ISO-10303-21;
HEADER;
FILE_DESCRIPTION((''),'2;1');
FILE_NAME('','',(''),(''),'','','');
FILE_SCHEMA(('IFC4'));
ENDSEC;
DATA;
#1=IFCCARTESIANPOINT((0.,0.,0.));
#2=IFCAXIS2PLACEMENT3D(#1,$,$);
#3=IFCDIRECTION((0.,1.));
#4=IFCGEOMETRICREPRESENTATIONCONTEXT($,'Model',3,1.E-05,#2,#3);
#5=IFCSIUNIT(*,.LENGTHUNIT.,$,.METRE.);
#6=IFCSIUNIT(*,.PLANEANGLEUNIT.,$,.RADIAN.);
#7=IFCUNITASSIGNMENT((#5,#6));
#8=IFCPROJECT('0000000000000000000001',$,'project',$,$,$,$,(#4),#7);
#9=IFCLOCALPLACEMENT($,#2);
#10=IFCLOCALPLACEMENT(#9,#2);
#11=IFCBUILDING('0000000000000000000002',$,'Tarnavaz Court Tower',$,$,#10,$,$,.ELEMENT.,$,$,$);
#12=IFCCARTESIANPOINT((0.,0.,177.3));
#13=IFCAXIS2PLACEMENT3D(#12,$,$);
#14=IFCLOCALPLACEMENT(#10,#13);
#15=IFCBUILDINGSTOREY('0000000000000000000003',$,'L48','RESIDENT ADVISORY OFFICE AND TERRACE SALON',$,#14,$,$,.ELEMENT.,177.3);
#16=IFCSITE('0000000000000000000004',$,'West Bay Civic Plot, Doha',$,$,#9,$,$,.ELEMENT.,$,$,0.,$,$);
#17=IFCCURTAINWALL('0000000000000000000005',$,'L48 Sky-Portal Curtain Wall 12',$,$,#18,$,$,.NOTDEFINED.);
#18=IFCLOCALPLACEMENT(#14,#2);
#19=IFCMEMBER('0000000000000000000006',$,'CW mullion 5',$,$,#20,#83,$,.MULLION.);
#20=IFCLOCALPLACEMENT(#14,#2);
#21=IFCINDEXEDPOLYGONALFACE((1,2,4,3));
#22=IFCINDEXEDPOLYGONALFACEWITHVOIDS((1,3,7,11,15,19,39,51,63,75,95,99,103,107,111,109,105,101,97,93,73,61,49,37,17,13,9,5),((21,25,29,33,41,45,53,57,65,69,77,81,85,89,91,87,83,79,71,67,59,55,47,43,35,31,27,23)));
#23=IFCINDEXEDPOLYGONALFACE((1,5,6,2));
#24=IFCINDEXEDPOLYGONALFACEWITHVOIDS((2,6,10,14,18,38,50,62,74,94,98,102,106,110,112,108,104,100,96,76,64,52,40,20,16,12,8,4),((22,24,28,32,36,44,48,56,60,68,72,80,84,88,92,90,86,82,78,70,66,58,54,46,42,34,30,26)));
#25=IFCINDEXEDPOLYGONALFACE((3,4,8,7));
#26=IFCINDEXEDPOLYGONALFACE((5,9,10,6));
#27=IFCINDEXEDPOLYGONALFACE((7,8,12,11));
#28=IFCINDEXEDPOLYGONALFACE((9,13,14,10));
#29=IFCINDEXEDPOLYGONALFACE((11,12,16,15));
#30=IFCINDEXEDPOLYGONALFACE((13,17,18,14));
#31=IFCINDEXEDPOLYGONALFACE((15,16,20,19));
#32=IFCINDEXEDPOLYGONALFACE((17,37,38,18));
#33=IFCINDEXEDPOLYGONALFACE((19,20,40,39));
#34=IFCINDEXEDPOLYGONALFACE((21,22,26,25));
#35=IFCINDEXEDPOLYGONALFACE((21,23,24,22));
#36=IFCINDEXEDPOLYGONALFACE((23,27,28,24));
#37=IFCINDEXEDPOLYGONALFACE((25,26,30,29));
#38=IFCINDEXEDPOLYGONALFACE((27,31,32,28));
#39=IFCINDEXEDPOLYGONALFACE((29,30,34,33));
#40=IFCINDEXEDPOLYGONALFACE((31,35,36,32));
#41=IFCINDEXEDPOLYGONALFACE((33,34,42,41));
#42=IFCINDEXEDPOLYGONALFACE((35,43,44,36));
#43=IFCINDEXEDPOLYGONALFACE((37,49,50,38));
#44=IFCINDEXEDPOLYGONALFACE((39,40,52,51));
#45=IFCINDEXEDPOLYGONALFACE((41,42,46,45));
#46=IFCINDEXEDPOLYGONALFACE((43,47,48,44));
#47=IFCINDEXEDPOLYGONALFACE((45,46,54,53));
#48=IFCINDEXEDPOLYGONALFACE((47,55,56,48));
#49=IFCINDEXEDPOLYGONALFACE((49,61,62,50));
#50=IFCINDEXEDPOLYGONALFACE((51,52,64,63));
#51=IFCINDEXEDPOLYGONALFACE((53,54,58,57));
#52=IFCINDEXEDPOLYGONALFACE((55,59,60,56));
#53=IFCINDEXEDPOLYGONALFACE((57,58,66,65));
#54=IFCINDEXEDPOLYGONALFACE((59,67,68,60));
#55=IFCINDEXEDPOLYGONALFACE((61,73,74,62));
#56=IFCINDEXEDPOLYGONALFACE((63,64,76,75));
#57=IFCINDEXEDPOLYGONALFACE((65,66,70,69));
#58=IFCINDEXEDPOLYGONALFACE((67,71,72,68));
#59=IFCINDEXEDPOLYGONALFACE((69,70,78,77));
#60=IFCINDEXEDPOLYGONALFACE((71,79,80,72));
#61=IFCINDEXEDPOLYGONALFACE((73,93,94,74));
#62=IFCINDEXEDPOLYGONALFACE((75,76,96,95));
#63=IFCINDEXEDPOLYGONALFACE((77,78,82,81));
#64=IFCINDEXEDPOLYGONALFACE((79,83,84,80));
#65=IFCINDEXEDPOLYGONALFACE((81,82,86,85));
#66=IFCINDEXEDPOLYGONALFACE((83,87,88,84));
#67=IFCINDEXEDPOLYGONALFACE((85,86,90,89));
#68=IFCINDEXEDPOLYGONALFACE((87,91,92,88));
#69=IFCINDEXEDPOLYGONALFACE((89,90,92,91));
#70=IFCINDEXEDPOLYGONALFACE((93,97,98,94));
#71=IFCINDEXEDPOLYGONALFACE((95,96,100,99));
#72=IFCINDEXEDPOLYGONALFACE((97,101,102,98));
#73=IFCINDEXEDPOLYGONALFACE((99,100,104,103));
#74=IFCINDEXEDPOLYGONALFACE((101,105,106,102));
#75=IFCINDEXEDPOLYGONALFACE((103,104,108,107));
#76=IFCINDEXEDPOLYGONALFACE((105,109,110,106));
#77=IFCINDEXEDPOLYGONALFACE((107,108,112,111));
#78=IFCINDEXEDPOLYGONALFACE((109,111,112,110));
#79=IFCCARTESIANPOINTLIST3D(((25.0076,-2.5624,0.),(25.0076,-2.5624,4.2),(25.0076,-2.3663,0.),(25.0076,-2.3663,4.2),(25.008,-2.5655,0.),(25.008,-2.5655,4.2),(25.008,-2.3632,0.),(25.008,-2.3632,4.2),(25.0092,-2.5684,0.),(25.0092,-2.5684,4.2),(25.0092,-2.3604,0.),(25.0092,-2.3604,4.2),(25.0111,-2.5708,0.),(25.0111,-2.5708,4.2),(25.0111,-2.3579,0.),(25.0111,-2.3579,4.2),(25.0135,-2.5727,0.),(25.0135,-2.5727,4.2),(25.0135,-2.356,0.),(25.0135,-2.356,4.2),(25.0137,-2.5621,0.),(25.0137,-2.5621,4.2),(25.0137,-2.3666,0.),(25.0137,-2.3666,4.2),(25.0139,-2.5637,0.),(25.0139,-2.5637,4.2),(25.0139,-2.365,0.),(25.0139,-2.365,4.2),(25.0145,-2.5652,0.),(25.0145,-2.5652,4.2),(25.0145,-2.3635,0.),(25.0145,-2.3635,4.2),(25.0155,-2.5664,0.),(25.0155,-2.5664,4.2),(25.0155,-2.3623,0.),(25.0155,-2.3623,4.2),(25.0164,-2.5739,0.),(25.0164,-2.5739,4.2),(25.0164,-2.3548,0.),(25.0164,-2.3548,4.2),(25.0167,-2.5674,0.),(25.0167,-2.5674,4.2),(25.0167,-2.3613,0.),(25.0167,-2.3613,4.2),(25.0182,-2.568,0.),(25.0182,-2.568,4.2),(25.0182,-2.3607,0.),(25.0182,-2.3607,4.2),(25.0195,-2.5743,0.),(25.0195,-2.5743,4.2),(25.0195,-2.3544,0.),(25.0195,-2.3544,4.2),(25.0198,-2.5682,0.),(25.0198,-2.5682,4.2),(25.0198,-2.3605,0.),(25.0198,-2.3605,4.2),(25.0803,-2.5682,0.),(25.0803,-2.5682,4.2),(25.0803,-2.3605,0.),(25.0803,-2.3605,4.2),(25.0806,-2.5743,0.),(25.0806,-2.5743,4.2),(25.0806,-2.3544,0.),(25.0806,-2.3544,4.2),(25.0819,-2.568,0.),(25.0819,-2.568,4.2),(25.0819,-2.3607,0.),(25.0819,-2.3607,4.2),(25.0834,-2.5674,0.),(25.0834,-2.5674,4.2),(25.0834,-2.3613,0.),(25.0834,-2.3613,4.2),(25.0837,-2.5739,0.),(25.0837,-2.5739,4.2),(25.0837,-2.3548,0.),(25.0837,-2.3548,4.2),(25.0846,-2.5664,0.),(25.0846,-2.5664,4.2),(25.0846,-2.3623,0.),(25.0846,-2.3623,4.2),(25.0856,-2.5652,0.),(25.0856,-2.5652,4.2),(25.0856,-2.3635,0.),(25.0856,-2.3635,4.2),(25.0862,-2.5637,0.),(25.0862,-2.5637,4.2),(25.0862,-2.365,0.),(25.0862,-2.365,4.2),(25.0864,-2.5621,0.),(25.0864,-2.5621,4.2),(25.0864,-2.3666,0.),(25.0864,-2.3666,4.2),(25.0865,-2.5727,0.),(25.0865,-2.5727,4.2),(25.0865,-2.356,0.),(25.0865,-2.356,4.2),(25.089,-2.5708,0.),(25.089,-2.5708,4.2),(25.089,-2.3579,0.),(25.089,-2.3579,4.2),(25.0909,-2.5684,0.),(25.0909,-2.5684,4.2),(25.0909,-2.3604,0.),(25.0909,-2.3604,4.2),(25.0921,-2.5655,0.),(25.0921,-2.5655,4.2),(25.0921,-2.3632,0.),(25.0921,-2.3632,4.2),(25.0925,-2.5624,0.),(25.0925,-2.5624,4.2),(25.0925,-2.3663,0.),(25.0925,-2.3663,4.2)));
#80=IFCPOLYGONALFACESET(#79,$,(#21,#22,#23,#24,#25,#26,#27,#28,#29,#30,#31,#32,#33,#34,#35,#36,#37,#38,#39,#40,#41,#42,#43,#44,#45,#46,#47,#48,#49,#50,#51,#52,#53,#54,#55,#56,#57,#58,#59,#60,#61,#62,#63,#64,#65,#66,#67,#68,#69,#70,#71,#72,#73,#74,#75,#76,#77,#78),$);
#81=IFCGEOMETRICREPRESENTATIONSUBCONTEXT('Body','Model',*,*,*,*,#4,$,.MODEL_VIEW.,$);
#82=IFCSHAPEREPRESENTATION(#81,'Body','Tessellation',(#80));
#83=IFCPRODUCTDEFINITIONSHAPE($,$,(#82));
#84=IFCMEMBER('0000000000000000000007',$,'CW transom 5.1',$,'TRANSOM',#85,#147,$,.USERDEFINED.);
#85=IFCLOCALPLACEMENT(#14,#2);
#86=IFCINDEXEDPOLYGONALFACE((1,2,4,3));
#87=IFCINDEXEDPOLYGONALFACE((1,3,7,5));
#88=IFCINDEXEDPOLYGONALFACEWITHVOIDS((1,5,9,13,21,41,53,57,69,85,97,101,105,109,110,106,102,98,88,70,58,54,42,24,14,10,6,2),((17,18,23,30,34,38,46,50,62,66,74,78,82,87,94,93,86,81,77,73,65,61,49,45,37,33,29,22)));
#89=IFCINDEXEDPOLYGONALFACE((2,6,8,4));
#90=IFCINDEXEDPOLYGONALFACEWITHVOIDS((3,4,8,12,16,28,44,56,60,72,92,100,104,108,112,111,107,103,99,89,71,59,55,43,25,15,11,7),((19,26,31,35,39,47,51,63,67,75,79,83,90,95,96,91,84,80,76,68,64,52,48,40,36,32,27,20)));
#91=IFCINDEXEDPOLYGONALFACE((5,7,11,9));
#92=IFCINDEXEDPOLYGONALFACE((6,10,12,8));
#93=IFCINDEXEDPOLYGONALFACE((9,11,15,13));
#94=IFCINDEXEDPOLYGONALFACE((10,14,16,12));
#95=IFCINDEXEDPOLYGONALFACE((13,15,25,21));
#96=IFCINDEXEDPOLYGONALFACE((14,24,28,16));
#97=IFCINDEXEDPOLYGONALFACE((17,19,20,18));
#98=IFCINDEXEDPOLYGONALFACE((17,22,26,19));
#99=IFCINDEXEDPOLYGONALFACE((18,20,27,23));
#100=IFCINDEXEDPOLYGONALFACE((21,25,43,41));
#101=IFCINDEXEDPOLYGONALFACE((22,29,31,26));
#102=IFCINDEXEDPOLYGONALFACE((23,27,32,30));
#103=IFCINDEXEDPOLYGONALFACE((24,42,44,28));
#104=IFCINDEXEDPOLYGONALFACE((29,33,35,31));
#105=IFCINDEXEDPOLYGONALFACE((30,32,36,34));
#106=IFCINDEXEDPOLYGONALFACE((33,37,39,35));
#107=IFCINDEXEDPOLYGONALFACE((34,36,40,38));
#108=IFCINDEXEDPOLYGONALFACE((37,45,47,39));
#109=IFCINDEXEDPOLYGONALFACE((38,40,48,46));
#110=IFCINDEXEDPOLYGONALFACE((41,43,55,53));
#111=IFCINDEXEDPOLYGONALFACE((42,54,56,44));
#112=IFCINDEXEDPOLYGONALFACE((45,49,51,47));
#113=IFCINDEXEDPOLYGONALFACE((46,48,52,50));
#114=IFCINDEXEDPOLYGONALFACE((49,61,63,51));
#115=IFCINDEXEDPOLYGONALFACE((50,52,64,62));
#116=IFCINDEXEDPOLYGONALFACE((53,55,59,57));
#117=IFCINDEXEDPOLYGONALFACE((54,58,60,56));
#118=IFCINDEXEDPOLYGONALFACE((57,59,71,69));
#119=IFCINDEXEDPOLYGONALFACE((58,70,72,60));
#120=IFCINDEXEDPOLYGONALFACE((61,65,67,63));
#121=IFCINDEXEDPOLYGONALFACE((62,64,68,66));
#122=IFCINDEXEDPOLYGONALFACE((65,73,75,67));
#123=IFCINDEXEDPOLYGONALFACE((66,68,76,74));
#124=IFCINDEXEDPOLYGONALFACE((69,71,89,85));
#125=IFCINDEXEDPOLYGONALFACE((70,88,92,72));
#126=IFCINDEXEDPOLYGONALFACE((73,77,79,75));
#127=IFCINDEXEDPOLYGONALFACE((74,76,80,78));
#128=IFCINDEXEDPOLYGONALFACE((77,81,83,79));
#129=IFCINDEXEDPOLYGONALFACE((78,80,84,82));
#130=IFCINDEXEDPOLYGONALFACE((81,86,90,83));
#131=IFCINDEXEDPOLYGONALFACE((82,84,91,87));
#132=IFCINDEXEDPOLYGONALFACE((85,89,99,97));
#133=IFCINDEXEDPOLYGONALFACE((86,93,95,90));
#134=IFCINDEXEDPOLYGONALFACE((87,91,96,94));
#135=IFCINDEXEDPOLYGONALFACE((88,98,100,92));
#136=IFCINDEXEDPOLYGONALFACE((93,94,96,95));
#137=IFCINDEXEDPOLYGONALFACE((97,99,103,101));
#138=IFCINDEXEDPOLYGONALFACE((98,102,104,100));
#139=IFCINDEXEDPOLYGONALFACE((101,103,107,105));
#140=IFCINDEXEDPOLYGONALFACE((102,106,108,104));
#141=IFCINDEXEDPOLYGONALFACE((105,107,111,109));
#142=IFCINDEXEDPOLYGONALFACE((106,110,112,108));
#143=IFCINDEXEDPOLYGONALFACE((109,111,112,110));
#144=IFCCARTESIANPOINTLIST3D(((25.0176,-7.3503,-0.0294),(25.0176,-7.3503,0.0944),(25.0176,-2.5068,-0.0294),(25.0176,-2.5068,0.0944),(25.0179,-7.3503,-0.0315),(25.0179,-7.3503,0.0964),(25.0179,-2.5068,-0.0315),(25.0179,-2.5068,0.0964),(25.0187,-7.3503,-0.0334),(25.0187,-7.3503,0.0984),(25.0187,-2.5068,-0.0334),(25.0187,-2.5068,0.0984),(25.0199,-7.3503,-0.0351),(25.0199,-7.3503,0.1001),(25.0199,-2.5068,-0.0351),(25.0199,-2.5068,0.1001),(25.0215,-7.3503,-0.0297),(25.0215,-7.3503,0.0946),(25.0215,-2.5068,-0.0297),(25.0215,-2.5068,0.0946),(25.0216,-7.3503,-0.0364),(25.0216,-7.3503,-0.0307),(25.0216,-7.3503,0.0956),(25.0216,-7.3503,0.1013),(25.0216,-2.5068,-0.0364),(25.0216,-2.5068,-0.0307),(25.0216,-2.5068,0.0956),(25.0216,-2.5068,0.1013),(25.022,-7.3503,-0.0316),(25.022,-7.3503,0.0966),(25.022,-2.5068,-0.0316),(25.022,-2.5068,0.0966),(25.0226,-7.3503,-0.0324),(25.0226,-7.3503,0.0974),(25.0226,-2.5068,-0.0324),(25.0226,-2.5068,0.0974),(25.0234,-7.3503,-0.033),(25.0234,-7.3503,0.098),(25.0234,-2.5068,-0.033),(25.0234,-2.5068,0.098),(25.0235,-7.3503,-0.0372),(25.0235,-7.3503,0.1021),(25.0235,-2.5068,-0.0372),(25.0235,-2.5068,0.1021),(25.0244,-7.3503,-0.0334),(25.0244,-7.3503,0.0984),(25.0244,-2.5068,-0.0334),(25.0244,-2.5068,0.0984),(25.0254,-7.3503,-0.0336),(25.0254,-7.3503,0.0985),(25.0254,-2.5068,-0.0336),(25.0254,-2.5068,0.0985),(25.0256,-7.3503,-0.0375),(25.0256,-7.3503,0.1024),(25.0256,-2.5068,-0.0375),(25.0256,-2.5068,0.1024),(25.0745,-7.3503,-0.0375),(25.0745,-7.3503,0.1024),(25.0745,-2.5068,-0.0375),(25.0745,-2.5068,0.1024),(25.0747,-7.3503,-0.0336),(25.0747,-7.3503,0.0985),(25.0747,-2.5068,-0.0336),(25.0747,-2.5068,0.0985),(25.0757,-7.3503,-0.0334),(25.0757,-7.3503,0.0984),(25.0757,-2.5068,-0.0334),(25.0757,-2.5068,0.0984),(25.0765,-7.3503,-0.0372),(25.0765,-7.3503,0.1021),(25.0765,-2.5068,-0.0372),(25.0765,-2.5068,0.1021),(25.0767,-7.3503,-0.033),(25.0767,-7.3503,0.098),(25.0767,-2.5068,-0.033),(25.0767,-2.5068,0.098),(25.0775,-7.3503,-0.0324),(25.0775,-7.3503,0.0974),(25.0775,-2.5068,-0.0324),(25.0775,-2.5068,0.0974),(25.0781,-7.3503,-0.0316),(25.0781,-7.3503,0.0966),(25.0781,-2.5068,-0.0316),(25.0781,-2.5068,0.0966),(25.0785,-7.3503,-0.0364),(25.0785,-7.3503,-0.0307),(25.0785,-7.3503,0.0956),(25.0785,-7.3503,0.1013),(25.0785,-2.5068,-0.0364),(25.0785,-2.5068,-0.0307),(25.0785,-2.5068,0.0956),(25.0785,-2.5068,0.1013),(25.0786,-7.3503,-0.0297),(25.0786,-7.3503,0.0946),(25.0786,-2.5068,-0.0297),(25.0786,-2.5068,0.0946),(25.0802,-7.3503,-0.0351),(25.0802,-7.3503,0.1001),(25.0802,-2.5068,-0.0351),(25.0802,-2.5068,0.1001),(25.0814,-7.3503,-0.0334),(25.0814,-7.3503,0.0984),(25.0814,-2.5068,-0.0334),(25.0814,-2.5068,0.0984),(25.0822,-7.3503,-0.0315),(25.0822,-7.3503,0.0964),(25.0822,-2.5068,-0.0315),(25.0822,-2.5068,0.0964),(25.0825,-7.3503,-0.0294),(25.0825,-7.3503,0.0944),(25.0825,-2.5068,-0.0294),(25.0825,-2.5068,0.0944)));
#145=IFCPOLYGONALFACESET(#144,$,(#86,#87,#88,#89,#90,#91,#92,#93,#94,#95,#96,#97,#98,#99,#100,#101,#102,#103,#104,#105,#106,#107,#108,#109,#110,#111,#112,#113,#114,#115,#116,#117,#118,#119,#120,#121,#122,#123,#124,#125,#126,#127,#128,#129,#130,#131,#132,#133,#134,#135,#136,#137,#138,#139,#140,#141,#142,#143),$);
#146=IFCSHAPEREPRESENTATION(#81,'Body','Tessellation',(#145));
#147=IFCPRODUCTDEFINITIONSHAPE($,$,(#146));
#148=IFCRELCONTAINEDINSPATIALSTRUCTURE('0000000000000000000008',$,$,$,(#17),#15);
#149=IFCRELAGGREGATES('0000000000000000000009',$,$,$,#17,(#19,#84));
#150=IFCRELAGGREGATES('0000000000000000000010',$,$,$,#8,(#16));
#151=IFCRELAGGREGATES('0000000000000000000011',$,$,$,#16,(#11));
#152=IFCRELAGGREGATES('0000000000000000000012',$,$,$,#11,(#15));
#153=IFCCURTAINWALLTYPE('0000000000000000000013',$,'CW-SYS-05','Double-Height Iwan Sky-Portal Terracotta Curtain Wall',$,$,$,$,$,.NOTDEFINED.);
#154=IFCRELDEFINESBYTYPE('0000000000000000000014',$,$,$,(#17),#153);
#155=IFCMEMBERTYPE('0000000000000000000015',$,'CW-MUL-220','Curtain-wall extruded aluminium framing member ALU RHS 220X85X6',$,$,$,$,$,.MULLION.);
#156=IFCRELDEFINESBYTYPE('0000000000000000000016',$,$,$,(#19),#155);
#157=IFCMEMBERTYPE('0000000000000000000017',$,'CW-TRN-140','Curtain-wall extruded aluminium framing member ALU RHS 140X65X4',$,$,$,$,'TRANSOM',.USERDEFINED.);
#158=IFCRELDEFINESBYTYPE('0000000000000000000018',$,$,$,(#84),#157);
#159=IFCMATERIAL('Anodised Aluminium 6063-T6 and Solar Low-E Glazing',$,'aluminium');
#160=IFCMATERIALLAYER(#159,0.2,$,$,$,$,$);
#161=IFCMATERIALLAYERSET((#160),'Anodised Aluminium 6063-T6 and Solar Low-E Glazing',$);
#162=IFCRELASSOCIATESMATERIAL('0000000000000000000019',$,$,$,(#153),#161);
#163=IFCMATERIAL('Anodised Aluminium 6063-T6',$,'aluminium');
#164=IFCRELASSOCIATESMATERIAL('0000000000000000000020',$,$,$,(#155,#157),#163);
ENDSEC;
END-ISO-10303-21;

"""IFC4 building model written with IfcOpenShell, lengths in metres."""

from ifc_helpers import new_model, si_unit, direction, frame, origin, origin_2d, place, context, subcontext, project, spatial, hollow_rectangle, extrude, material, layer, layer_set, material_profile, profile_set, type_object, element, aggregate, save


model = new_model("IFC4")

# Units and contexts
model_context = context("Model", 3, precision=1e-05, world=origin(), true_north=direction((0.0, 1.0)))
body_context = subcontext(model_context, "Body", "Model", "MODEL_VIEW")
ifc_project = project(units=[si_unit("LENGTHUNIT", "METRE"), si_unit("PLANEANGLEUNIT", "RADIAN")], contexts=[model_context])

# Site, building, storey
site_placement = place(None, origin())
site = spatial("IfcSite", under=ifc_project, at=site_placement, Name="West Bay Civic Plot, Doha", CompositionType="ELEMENT", RefElevation=0.0)
building_placement = place(site_placement, origin())
building = spatial("IfcBuilding", under=site, at=building_placement, Name="Tarnavaz Court Tower", CompositionType="ELEMENT")
storey_placement = place(building_placement, frame((0.0, 0.0, 177.3)))
storey = spatial("IfcBuildingStorey", under=building, at=storey_placement, Name="L48", Description="RESIDENT ADVISORY OFFICE AND TERRACE SALON", CompositionType="ELEMENT", Elevation=177.3)

# Curtain wall, members
ifc_material_1 = material(Name="Anodised Aluminium 6063-T6 and Solar Low-E Glazing", Category="aluminium")
ifc_layer_1 = layer(ifc_material_1, 0.2)
ifc_layer_set_1 = layer_set([ifc_layer_1], Name="Anodised Aluminium 6063-T6 and Solar Low-E Glazing")
curtain_wall_type = type_object("IfcCurtainWallType", Name="CW-SYS-05", Description="Double-Height Iwan Sky-Portal Terracotta Curtain Wall", PredefinedType="NOTDEFINED", material=ifc_layer_set_1)
curtain_wall_placement = place(storey_placement, origin())
curtain_wall = element("IfcCurtainWall", 1, at=curtain_wall_placement, inside=storey, type_object=curtain_wall_type, Name="L48 Sky-Portal Curtain Wall 12", PredefinedType="NOTDEFINED")
ifc_material_2 = material(Name="Anodised Aluminium 6063-T6", Category="aluminium")
ifc_material_profile_1 = material_profile(ifc_material_2, hollow_rectangle(XDim=0.085, YDim=0.22, WallThickness=0.0061, InnerFilletRadius=0.0061, OuterFilletRadius=0.012, at=origin_2d()), Name="ALU RHS 220X85X6")
ifc_profile_set_1 = profile_set([ifc_material_profile_1], Name="Anodised Aluminium 6063-T6")
member_type_1 = type_object("IfcMemberType", Name="CW-MUL-220", Description="Curtain-wall extruded aluminium framing member ALU RHS 220X85X6", PredefinedType="MULLION", material=ifc_profile_set_1)
member_1_placement = place(storey_placement, frame((25.05, -2.4644, 0.0), z_axis=(0.0, 0.0, 1.0), x_axis=(1.0, 0.0, 0.0)))
member_1 = element("IfcMember", 2, at=member_1_placement, type_object=member_type_1, Name="CW mullion 5", PredefinedType="MULLION", context=body_context, shape_type="SweptSolid", body=[
    extrude(hollow_rectangle(XDim=0.085, YDim=0.22, WallThickness=0.0061, InnerFilletRadius=0.0061, OuterFilletRadius=0.012, at=origin_2d()), origin(), (0.0, 0.0, 1.0), 4.2),
])
ifc_material_profile_2 = material_profile(ifc_material_2, hollow_rectangle(XDim=0.0649, YDim=0.1399, WallThickness=0.0039, InnerFilletRadius=0.0039, OuterFilletRadius=0.0081, at=origin_2d()), Name="ALU RHS 140X65X4")
ifc_profile_set_2 = profile_set([ifc_material_profile_2], Name="Anodised Aluminium 6063-T6")
member_type_2 = type_object("IfcMemberType", Name="CW-TRN-140", Description="Curtain-wall extruded aluminium framing member ALU RHS 140X65X4", ElementType="TRANSOM", PredefinedType="USERDEFINED", material=ifc_profile_set_2)
member_2_placement = place(storey_placement, frame((25.05, -2.5068, 0.0325), z_axis=(0.0, -1.0, 0.0), x_axis=(1.0, 0.0, 0.0)))
member_2 = element("IfcMember", 3, at=member_2_placement, type_object=member_type_2, Name="CW transom 5.1", ObjectType="TRANSOM", PredefinedType="USERDEFINED", context=body_context, shape_type="SweptSolid", body=[
    extrude(hollow_rectangle(XDim=0.0649, YDim=0.1399, WallThickness=0.0039, InnerFilletRadius=0.0039, OuterFilletRadius=0.0081, at=origin_2d()), origin(), (0.0, 0.0, 1.0), 4.8435),
])
aggregate(curtain_wall, [member_1, member_2])

save(model, "model.ifc")
